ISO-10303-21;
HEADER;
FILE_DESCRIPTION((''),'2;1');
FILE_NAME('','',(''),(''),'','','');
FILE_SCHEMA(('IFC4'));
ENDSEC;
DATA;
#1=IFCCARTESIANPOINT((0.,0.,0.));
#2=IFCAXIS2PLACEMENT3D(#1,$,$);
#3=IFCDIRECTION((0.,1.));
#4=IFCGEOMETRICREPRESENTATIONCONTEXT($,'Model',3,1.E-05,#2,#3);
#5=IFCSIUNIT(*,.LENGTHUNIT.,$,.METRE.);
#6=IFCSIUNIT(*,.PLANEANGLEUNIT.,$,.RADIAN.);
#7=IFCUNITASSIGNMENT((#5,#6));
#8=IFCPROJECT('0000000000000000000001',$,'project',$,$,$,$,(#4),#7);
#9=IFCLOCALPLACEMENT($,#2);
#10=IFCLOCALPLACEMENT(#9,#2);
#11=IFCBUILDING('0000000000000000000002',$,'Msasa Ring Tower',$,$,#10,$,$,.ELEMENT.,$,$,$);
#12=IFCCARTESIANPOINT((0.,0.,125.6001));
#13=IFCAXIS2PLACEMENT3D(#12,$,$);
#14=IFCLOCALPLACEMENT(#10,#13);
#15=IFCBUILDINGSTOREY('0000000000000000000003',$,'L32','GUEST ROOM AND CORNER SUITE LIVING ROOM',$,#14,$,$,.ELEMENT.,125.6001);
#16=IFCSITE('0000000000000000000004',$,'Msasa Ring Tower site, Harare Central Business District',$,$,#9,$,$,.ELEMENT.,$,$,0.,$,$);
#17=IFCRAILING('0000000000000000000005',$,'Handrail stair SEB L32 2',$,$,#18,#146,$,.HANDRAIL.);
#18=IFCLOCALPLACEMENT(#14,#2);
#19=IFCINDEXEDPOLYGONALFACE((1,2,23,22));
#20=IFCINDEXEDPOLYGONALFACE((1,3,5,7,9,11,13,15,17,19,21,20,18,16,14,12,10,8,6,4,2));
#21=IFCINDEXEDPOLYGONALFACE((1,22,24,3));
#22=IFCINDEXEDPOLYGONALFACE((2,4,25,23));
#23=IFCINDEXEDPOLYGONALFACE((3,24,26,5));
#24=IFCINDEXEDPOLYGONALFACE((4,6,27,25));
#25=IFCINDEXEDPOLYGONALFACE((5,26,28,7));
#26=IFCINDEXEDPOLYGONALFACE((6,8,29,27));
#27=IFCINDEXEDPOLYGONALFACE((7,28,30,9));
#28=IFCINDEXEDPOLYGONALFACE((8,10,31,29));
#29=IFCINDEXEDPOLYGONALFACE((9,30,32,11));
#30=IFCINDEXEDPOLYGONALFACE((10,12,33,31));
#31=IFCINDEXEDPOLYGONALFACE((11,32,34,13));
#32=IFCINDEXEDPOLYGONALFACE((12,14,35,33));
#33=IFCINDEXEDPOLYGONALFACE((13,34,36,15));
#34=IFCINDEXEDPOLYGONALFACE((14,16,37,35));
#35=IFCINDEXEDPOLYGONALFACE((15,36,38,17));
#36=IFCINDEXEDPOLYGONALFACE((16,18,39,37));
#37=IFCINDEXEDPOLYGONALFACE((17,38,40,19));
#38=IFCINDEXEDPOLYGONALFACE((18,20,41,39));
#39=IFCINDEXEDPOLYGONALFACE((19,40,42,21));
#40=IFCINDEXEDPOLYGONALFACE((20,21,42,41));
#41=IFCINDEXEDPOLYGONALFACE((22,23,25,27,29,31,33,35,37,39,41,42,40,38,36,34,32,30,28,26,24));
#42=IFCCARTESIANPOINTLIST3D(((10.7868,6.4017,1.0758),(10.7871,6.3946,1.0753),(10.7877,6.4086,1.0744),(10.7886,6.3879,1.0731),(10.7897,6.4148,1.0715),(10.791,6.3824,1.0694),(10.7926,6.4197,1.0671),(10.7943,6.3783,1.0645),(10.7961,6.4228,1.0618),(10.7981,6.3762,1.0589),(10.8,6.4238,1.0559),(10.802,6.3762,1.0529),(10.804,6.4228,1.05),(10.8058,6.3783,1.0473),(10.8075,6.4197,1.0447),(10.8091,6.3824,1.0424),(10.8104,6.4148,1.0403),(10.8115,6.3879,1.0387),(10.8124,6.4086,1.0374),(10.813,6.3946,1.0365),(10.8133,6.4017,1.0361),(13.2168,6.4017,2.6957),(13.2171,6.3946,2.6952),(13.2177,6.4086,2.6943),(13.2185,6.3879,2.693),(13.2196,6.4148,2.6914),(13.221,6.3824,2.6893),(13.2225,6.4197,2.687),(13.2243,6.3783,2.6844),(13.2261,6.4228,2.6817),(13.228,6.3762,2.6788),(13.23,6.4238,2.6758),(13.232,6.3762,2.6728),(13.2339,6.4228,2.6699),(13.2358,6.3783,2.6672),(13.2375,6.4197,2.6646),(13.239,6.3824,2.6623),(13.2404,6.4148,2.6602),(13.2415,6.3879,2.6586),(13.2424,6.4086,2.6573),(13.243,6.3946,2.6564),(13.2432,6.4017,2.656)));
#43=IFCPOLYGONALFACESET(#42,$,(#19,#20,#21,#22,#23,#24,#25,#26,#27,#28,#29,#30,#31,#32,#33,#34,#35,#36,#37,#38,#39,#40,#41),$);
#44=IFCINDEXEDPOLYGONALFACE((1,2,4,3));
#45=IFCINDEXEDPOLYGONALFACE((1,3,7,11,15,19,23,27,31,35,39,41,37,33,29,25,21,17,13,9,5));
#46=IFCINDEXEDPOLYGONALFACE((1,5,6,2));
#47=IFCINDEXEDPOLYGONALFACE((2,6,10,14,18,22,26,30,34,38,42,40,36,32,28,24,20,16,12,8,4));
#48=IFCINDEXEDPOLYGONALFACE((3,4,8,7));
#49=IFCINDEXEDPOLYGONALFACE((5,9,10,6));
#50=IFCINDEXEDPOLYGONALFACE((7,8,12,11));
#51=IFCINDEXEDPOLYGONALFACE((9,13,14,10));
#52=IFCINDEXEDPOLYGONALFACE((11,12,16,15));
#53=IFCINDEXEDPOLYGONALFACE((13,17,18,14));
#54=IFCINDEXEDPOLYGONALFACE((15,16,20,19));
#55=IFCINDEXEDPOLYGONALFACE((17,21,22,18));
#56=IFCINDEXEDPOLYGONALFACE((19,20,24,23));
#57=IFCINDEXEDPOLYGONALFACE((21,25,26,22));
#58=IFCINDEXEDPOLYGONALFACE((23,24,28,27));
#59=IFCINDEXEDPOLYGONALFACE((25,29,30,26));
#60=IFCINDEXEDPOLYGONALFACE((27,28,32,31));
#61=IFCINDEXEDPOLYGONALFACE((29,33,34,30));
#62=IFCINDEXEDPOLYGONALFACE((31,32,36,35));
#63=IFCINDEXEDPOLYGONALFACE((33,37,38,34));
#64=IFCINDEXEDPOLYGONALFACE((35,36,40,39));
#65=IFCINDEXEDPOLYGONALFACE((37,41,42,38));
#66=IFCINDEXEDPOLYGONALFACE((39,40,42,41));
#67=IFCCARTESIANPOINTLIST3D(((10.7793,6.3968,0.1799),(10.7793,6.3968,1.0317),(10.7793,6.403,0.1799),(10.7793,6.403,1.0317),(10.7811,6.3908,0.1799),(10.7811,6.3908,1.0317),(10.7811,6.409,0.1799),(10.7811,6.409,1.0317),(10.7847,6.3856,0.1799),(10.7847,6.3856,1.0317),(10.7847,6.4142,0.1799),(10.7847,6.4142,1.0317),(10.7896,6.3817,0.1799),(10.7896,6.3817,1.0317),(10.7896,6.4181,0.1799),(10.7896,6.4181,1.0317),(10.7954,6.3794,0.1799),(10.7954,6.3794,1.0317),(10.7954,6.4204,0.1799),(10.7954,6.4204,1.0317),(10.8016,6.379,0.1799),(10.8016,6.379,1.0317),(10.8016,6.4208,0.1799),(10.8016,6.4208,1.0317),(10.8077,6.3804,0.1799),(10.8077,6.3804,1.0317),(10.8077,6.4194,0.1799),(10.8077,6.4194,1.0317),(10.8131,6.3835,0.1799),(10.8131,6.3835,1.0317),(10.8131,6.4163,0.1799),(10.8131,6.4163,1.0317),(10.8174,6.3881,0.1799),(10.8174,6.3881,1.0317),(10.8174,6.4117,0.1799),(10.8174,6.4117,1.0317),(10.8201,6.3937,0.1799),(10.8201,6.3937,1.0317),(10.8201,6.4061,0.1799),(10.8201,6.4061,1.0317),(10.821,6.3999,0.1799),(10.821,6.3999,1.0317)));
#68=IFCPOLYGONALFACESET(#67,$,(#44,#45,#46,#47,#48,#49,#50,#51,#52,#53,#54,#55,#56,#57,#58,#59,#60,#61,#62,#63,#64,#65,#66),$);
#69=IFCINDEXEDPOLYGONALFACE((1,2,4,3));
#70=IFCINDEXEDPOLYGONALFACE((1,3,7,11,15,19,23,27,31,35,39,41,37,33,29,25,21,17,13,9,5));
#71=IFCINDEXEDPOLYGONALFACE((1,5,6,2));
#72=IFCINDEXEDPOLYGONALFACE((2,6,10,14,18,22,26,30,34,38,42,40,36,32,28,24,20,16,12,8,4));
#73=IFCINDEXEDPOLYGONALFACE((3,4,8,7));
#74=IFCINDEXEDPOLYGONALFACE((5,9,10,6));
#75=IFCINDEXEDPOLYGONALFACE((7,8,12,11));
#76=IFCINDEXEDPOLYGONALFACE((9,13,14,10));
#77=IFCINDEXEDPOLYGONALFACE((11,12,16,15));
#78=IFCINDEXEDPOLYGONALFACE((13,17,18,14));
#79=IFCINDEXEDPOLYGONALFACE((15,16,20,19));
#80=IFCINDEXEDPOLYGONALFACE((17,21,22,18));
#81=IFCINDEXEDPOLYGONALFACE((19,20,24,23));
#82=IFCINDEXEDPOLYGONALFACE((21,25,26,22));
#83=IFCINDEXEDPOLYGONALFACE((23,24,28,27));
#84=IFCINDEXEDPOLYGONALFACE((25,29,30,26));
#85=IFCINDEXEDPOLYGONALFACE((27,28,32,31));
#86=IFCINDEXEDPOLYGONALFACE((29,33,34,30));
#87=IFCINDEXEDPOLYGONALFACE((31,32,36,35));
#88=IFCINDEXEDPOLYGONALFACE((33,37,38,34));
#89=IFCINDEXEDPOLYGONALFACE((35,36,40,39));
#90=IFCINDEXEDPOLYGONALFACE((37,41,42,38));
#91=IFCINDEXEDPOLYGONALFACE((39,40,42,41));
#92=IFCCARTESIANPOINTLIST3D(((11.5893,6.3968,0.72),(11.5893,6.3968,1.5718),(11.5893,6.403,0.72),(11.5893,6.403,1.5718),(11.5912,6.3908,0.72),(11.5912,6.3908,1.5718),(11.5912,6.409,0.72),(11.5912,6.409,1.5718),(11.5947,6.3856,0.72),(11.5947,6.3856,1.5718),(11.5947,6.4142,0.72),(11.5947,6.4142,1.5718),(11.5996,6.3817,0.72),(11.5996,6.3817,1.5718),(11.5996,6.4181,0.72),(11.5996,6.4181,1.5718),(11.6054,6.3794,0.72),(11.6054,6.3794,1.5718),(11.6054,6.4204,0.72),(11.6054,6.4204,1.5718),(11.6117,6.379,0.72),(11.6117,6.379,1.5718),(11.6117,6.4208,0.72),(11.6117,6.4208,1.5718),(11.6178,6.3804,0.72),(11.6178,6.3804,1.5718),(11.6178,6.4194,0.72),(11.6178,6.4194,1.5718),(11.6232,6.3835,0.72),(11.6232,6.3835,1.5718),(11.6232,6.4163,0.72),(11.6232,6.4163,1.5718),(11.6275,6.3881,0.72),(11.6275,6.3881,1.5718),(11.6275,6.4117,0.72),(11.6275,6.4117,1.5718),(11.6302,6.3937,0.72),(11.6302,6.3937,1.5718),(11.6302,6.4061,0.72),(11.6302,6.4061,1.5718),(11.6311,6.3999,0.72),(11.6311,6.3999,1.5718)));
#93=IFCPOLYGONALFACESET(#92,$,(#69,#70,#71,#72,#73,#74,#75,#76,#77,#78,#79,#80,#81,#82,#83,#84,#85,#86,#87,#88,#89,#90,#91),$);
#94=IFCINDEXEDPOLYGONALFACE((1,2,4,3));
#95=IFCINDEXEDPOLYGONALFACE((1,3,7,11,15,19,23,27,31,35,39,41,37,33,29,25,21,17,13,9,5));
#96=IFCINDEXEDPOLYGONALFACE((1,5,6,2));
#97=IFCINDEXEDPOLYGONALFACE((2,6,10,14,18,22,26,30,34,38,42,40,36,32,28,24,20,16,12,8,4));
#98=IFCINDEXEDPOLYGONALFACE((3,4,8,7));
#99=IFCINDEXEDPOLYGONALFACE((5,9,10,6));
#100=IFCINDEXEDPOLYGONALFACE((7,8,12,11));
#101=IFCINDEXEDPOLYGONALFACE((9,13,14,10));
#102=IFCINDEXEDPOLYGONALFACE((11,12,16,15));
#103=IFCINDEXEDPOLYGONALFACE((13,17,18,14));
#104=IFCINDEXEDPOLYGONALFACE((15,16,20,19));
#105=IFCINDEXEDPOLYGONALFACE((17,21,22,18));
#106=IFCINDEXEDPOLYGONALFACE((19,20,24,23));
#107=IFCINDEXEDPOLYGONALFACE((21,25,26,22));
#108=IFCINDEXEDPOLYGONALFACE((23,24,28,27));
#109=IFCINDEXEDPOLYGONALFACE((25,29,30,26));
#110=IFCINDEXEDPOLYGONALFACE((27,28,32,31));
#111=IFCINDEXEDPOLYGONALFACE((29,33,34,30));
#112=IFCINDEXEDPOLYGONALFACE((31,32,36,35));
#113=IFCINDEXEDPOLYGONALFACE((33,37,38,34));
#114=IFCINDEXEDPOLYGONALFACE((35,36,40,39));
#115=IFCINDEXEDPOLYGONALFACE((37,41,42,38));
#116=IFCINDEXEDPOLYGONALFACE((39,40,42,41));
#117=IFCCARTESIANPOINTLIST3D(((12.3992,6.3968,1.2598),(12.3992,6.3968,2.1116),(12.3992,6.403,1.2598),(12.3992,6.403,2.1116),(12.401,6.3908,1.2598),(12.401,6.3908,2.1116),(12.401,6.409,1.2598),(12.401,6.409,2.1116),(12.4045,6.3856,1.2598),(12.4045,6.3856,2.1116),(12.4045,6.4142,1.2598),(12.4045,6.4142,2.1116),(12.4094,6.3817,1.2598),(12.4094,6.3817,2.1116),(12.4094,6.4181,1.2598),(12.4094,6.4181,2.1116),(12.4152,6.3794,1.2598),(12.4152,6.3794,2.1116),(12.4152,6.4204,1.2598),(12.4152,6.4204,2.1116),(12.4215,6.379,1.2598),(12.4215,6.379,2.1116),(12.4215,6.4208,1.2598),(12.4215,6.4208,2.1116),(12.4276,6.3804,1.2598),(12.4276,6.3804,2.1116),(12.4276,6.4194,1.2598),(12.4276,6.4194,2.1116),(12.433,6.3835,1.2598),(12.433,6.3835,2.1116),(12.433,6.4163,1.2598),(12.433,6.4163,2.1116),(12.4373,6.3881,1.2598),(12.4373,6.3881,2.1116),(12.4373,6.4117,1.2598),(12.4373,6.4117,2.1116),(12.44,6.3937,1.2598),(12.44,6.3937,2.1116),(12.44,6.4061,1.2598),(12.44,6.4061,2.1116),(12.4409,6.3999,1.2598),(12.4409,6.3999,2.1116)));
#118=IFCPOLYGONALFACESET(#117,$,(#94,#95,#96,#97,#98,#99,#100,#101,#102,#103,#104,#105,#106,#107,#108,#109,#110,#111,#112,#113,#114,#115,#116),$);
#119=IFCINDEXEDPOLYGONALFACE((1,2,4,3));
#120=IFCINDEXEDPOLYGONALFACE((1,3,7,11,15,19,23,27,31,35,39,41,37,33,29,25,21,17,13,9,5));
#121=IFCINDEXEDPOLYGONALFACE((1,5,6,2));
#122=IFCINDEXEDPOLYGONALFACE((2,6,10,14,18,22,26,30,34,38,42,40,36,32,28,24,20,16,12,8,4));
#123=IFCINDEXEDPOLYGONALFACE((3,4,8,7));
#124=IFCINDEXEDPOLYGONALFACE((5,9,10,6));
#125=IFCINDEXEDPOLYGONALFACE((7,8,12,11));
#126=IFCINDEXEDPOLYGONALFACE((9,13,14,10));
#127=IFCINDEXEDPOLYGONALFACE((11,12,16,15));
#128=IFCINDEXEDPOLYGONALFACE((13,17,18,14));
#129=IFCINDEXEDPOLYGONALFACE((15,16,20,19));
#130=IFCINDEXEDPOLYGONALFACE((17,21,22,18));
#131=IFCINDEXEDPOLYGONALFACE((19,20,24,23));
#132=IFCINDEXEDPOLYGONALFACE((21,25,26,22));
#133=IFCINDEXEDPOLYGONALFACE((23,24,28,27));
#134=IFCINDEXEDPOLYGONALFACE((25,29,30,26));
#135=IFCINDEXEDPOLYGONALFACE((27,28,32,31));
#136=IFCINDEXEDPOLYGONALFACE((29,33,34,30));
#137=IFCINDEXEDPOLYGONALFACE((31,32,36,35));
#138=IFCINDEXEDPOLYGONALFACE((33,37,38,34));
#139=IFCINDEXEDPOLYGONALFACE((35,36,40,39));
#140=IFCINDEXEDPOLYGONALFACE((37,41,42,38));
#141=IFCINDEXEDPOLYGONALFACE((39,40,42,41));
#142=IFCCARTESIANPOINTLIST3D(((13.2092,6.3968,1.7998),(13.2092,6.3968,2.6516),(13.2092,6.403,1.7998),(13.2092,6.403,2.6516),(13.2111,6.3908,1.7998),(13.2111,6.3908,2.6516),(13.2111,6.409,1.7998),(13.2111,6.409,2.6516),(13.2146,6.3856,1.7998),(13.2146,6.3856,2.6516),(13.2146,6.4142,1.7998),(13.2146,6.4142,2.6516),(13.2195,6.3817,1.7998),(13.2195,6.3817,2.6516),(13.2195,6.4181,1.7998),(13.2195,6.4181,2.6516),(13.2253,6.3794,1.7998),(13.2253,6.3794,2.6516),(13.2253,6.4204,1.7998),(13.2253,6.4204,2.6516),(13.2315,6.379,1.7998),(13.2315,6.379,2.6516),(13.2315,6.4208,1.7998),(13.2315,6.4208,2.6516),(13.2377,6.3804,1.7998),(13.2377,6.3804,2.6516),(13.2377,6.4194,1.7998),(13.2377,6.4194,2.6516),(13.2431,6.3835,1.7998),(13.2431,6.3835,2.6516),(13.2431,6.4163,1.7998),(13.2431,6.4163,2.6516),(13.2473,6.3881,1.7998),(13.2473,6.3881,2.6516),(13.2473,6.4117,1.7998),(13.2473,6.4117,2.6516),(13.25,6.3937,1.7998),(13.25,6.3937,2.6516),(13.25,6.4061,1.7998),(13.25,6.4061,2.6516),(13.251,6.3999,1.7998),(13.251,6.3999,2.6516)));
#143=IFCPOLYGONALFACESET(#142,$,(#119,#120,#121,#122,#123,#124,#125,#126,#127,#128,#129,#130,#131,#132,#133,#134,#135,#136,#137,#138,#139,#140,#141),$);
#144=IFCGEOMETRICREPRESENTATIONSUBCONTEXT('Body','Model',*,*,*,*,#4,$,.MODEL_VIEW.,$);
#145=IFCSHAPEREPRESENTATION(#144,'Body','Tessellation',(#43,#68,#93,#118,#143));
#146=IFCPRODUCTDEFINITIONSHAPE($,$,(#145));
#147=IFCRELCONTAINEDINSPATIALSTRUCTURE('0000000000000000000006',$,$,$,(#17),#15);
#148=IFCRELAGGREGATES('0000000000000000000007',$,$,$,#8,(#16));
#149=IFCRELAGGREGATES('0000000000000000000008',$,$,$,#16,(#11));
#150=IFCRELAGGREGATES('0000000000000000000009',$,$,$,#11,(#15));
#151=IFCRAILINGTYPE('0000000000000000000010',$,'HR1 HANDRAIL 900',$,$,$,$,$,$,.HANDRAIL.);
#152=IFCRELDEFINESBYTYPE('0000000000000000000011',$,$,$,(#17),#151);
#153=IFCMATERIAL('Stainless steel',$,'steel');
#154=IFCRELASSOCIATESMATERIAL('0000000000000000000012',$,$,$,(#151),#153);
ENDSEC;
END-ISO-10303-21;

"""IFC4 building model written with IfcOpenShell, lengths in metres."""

from ifc_helpers import new_model, si_unit, direction, frame, origin, origin_2d, place, context, subcontext, project, spatial, circle, extrude, material, type_object, element, save


model = new_model("IFC4")

# Units and contexts
model_context = context("Model", 3, precision=1e-05, world=origin(), true_north=direction((0.0, 1.0)))
body_context = subcontext(model_context, "Body", "Model", "MODEL_VIEW")
ifc_project = project(units=[si_unit("LENGTHUNIT", "METRE"), si_unit("PLANEANGLEUNIT", "RADIAN")], contexts=[model_context])

# Site, building, storey
site_placement = place(None, origin())
site = spatial("IfcSite", under=ifc_project, at=site_placement, Name="Msasa Ring Tower site, Harare Central Business District", CompositionType="ELEMENT", RefElevation=0.0)
building_placement = place(site_placement, origin())
building = spatial("IfcBuilding", under=site, at=building_placement, Name="Msasa Ring Tower", CompositionType="ELEMENT")
storey_placement = place(building_placement, frame((0.0, 0.0, 125.6001)))
storey = spatial("IfcBuildingStorey", under=building, at=storey_placement, Name="L32", Description="GUEST ROOM AND CORNER SUITE LIVING ROOM", CompositionType="ELEMENT", Elevation=125.6001)

# Railing
ifc_material_1 = material(Name="Stainless steel", Category="steel")
railing_type = type_object("IfcRailingType", Name="HR1 HANDRAIL 900", PredefinedType="HANDRAIL", material=ifc_material_1)
for number, where, name in (
    (1, (10.8, 6.3999, 0.1799), "Handrail stair SEB L32 2"),
):
    element("IfcRailing", number, at=place(storey_placement, frame(where)), inside=storey, type_object=railing_type, Name=name, PredefinedType="HANDRAIL", context=body_context, shape_type="SweptSolid", body=[
        extrude(circle(Radius=0.0239, at=origin_2d()), frame((0.0, 0.0, 0.876), z_axis=(0.832063, 0.0, 0.554681), x_axis=(0.0, 1.0, 0.0)), (0.0, 0.0, 1.0), 2.9204),
        extrude(circle(Radius=0.021, at=origin_2d()), origin(), (0.0, 0.0, 1.0), 0.8518),
        extrude(circle(Radius=0.021, at=origin_2d()), frame((0.8101, 0.0, 0.54)), (0.0, 0.0, 1.0), 0.8518),
        extrude(circle(Radius=0.021, at=origin_2d()), frame((1.6199, 0.0, 1.0798)), (0.0, 0.0, 1.0), 0.8518),
        extrude(circle(Radius=0.021, at=origin_2d()), frame((2.4299, 0.0, 1.6199)), (0.0, 0.0, 1.0), 0.8518),
    ])

save(model, "model.ifc")
